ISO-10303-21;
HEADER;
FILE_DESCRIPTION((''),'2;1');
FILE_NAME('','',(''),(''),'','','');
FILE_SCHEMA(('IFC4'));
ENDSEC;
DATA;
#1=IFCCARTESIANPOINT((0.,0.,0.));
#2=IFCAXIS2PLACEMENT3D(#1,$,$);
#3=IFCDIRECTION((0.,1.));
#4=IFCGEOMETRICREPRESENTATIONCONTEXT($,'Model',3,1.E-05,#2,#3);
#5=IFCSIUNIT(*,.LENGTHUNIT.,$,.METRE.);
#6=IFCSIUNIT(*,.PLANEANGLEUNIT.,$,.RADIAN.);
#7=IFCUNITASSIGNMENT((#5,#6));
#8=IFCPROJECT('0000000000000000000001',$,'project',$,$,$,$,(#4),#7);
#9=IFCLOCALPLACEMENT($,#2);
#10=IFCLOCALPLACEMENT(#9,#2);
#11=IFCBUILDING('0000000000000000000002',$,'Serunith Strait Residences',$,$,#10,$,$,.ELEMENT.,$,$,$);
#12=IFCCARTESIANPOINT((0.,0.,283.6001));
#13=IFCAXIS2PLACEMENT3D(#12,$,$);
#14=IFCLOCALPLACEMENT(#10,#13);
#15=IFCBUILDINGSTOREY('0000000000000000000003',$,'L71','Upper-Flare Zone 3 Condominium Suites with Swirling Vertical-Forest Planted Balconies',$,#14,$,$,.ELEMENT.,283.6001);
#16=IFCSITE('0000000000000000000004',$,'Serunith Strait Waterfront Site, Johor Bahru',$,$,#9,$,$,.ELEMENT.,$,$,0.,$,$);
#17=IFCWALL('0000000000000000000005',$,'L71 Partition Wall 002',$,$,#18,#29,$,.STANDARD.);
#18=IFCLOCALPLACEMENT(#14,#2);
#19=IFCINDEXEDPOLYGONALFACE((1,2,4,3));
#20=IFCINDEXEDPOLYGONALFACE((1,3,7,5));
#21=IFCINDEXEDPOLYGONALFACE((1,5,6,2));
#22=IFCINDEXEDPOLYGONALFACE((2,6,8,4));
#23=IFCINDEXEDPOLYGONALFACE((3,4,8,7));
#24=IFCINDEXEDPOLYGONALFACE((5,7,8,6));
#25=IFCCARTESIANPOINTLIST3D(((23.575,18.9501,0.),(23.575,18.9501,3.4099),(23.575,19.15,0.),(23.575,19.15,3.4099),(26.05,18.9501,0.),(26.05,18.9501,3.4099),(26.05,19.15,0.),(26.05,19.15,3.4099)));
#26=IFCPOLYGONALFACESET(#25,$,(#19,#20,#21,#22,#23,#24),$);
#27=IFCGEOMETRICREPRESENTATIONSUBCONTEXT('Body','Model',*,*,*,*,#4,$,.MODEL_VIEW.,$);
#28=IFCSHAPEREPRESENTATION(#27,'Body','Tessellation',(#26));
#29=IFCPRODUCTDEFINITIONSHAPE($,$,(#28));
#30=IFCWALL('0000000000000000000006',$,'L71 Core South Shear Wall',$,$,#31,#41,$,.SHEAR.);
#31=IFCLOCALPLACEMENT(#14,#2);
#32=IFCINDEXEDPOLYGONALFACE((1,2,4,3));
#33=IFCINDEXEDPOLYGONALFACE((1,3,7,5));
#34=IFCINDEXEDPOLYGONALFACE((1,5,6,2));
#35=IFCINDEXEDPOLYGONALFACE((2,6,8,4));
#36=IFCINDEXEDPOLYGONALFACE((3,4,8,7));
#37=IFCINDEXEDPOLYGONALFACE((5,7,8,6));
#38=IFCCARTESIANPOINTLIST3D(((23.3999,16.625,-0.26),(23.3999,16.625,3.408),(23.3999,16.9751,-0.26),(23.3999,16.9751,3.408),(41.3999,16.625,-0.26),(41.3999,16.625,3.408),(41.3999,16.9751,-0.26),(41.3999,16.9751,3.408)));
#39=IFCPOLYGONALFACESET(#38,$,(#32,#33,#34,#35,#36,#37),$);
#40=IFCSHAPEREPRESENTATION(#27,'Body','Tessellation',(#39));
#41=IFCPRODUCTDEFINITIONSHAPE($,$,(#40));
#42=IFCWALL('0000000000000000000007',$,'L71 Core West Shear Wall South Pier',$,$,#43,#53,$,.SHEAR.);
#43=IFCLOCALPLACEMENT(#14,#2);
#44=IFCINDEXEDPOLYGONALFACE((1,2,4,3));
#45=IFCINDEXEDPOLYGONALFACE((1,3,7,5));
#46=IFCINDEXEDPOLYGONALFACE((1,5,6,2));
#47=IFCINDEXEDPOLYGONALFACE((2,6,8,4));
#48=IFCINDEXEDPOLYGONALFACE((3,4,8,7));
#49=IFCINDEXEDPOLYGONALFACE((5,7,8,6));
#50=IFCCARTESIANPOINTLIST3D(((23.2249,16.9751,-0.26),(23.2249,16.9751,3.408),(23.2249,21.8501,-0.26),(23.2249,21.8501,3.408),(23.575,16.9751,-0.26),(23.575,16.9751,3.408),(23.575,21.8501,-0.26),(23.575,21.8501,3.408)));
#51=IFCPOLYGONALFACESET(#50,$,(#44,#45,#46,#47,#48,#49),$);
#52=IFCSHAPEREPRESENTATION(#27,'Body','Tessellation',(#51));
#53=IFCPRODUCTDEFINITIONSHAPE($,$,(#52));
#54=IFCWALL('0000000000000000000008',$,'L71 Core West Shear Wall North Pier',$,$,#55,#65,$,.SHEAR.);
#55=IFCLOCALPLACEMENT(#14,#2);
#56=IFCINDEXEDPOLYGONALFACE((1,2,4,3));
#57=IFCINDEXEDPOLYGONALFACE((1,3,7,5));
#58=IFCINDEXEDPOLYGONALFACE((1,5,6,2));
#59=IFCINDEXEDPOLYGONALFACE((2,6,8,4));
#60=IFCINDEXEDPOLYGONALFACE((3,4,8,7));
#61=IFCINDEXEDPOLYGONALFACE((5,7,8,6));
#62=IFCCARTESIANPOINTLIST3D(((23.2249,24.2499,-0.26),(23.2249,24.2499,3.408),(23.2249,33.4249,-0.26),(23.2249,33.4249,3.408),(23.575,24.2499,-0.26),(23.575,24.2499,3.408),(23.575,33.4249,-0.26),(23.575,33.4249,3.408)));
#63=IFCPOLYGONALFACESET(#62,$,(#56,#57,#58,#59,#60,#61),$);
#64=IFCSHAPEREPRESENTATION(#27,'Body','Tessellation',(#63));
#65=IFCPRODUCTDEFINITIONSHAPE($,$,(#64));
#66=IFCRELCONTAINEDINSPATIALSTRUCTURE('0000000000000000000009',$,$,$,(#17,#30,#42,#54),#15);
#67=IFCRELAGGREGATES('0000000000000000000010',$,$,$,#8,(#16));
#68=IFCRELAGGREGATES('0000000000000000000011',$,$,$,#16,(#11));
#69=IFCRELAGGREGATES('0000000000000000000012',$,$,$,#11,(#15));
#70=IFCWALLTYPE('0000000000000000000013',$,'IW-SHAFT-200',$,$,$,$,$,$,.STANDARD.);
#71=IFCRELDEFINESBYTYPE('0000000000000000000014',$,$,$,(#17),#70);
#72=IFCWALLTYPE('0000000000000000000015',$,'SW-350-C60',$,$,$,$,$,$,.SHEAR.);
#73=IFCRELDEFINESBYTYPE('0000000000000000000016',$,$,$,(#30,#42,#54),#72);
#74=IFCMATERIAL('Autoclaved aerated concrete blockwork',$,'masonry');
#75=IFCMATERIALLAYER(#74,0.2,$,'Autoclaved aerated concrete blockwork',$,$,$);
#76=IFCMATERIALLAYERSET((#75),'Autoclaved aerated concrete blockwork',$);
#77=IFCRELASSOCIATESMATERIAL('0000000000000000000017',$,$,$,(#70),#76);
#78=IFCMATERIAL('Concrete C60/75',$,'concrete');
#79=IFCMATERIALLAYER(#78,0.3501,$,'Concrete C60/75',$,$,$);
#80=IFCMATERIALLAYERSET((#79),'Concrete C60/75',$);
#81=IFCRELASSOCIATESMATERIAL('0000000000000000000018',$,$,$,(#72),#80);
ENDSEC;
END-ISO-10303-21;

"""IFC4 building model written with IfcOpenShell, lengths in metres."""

from ifc_helpers import new_model, si_unit, direction, frame, frame_2d, origin, place, context, subcontext, project, spatial, rectangle, extrude, material, layer, layer_set, type_object, element, save


model = new_model("IFC4")

# Units and contexts
model_context = context("Model", 3, precision=1e-05, world=origin(), true_north=direction((0.0, 1.0)))
body_context = subcontext(model_context, "Body", "Model", "MODEL_VIEW")
ifc_project = project(units=[si_unit("LENGTHUNIT", "METRE"), si_unit("PLANEANGLEUNIT", "RADIAN")], contexts=[model_context])

# Site, building, storey
site_placement = place(None, origin())
site = spatial("IfcSite", under=ifc_project, at=site_placement, Name="Serunith Strait Waterfront Site, Johor Bahru", CompositionType="ELEMENT", RefElevation=0.0)
building_placement = place(site_placement, origin())
building = spatial("IfcBuilding", under=site, at=building_placement, Name="Serunith Strait Residences", CompositionType="ELEMENT")
storey_placement = place(building_placement, frame((0.0, 0.0, 283.6001)))
storey = spatial("IfcBuildingStorey", under=building, at=storey_placement, Name="L71", Description="Upper-Flare Zone 3 Condominium Suites with Swirling Vertical-Forest Planted Balconies", CompositionType="ELEMENT", Elevation=283.6001)

# Shared definitions
ifc_material_1 = material(Name="Autoclaved aerated concrete blockwork", Category="masonry")
ifc_layer_1 = layer(ifc_material_1, 0.2, Name="Autoclaved aerated concrete blockwork")
ifc_layer_set_1 = layer_set([ifc_layer_1], Name="Autoclaved aerated concrete blockwork")
wall_type_1 = type_object("IfcWallType", Name="IW-SHAFT-200", PredefinedType="STANDARD", material=ifc_layer_set_1)

# Wall
wall_1_placement = place(storey_placement, frame((23.575, 19.05, 0.0), z_axis=(0.0, 0.0, 1.0), x_axis=(1.0, 0.0, 0.0)))
element("IfcWall", 1, at=wall_1_placement, inside=storey, type_object=wall_type_1, Name="L71 Partition Wall 002", PredefinedType="STANDARD", context=body_context, shape_type="SweptSolid", body=[
    extrude(rectangle(XDim=2.4751, YDim=0.2, at=frame_2d((1.2375, 0.0))), origin(), (0.0, 0.0, 1.0), 3.4099),
])

# Walls
ifc_material_2 = material(Name="Concrete C60/75", Category="concrete")
ifc_layer_2 = layer(ifc_material_2, 0.3501, Name="Concrete C60/75")
ifc_layer_set_2 = layer_set([ifc_layer_2], Name="Concrete C60/75")
wall_type_2 = type_object("IfcWallType", Name="SW-350-C60", PredefinedType="SHEAR", material=ifc_layer_set_2)
wall_2_placement = place(storey_placement, frame((23.3999, 16.8, -0.26), z_axis=(0.0, 0.0, 1.0), x_axis=(1.0, 0.0, 0.0)))
element("IfcWall", 2, at=wall_2_placement, inside=storey, type_object=wall_type_2, Name="L71 Core South Shear Wall", PredefinedType="SHEAR", context=body_context, shape_type="SweptSolid", body=[
    extrude(rectangle(XDim=18.0, YDim=0.3501, at=frame_2d((9.0, 0.0))), origin(), (0.0, 0.0, 1.0), 3.668),
])
wall_3_placement = place(storey_placement, frame((23.3999, 16.9751, -0.26), z_axis=(0.0, 0.0, 1.0), x_axis=(0.0, 1.0, 0.0)))
element("IfcWall", 3, at=wall_3_placement, inside=storey, type_object=wall_type_2, Name="L71 Core West Shear Wall South Pier", PredefinedType="SHEAR", context=body_context, shape_type="SweptSolid", body=[
    extrude(rectangle(XDim=4.875, YDim=0.3501, at=frame_2d((2.4375, 0.0))), origin(), (0.0, 0.0, 1.0), 3.668),
])
wall_4_placement = place(storey_placement, frame((23.3999, 24.25, -0.26), z_axis=(0.0, 0.0, 1.0), x_axis=(0.0, 1.0, 0.0)))
element("IfcWall", 4, at=wall_4_placement, inside=storey, type_object=wall_type_2, Name="L71 Core West Shear Wall North Pier", PredefinedType="SHEAR", context=body_context, shape_type="SweptSolid", body=[
    extrude(rectangle(XDim=9.175, YDim=0.3501, at=frame_2d((4.5874, 0.0))), origin(), (0.0, 0.0, 1.0), 3.668),
])

save(model, "model.ifc")
